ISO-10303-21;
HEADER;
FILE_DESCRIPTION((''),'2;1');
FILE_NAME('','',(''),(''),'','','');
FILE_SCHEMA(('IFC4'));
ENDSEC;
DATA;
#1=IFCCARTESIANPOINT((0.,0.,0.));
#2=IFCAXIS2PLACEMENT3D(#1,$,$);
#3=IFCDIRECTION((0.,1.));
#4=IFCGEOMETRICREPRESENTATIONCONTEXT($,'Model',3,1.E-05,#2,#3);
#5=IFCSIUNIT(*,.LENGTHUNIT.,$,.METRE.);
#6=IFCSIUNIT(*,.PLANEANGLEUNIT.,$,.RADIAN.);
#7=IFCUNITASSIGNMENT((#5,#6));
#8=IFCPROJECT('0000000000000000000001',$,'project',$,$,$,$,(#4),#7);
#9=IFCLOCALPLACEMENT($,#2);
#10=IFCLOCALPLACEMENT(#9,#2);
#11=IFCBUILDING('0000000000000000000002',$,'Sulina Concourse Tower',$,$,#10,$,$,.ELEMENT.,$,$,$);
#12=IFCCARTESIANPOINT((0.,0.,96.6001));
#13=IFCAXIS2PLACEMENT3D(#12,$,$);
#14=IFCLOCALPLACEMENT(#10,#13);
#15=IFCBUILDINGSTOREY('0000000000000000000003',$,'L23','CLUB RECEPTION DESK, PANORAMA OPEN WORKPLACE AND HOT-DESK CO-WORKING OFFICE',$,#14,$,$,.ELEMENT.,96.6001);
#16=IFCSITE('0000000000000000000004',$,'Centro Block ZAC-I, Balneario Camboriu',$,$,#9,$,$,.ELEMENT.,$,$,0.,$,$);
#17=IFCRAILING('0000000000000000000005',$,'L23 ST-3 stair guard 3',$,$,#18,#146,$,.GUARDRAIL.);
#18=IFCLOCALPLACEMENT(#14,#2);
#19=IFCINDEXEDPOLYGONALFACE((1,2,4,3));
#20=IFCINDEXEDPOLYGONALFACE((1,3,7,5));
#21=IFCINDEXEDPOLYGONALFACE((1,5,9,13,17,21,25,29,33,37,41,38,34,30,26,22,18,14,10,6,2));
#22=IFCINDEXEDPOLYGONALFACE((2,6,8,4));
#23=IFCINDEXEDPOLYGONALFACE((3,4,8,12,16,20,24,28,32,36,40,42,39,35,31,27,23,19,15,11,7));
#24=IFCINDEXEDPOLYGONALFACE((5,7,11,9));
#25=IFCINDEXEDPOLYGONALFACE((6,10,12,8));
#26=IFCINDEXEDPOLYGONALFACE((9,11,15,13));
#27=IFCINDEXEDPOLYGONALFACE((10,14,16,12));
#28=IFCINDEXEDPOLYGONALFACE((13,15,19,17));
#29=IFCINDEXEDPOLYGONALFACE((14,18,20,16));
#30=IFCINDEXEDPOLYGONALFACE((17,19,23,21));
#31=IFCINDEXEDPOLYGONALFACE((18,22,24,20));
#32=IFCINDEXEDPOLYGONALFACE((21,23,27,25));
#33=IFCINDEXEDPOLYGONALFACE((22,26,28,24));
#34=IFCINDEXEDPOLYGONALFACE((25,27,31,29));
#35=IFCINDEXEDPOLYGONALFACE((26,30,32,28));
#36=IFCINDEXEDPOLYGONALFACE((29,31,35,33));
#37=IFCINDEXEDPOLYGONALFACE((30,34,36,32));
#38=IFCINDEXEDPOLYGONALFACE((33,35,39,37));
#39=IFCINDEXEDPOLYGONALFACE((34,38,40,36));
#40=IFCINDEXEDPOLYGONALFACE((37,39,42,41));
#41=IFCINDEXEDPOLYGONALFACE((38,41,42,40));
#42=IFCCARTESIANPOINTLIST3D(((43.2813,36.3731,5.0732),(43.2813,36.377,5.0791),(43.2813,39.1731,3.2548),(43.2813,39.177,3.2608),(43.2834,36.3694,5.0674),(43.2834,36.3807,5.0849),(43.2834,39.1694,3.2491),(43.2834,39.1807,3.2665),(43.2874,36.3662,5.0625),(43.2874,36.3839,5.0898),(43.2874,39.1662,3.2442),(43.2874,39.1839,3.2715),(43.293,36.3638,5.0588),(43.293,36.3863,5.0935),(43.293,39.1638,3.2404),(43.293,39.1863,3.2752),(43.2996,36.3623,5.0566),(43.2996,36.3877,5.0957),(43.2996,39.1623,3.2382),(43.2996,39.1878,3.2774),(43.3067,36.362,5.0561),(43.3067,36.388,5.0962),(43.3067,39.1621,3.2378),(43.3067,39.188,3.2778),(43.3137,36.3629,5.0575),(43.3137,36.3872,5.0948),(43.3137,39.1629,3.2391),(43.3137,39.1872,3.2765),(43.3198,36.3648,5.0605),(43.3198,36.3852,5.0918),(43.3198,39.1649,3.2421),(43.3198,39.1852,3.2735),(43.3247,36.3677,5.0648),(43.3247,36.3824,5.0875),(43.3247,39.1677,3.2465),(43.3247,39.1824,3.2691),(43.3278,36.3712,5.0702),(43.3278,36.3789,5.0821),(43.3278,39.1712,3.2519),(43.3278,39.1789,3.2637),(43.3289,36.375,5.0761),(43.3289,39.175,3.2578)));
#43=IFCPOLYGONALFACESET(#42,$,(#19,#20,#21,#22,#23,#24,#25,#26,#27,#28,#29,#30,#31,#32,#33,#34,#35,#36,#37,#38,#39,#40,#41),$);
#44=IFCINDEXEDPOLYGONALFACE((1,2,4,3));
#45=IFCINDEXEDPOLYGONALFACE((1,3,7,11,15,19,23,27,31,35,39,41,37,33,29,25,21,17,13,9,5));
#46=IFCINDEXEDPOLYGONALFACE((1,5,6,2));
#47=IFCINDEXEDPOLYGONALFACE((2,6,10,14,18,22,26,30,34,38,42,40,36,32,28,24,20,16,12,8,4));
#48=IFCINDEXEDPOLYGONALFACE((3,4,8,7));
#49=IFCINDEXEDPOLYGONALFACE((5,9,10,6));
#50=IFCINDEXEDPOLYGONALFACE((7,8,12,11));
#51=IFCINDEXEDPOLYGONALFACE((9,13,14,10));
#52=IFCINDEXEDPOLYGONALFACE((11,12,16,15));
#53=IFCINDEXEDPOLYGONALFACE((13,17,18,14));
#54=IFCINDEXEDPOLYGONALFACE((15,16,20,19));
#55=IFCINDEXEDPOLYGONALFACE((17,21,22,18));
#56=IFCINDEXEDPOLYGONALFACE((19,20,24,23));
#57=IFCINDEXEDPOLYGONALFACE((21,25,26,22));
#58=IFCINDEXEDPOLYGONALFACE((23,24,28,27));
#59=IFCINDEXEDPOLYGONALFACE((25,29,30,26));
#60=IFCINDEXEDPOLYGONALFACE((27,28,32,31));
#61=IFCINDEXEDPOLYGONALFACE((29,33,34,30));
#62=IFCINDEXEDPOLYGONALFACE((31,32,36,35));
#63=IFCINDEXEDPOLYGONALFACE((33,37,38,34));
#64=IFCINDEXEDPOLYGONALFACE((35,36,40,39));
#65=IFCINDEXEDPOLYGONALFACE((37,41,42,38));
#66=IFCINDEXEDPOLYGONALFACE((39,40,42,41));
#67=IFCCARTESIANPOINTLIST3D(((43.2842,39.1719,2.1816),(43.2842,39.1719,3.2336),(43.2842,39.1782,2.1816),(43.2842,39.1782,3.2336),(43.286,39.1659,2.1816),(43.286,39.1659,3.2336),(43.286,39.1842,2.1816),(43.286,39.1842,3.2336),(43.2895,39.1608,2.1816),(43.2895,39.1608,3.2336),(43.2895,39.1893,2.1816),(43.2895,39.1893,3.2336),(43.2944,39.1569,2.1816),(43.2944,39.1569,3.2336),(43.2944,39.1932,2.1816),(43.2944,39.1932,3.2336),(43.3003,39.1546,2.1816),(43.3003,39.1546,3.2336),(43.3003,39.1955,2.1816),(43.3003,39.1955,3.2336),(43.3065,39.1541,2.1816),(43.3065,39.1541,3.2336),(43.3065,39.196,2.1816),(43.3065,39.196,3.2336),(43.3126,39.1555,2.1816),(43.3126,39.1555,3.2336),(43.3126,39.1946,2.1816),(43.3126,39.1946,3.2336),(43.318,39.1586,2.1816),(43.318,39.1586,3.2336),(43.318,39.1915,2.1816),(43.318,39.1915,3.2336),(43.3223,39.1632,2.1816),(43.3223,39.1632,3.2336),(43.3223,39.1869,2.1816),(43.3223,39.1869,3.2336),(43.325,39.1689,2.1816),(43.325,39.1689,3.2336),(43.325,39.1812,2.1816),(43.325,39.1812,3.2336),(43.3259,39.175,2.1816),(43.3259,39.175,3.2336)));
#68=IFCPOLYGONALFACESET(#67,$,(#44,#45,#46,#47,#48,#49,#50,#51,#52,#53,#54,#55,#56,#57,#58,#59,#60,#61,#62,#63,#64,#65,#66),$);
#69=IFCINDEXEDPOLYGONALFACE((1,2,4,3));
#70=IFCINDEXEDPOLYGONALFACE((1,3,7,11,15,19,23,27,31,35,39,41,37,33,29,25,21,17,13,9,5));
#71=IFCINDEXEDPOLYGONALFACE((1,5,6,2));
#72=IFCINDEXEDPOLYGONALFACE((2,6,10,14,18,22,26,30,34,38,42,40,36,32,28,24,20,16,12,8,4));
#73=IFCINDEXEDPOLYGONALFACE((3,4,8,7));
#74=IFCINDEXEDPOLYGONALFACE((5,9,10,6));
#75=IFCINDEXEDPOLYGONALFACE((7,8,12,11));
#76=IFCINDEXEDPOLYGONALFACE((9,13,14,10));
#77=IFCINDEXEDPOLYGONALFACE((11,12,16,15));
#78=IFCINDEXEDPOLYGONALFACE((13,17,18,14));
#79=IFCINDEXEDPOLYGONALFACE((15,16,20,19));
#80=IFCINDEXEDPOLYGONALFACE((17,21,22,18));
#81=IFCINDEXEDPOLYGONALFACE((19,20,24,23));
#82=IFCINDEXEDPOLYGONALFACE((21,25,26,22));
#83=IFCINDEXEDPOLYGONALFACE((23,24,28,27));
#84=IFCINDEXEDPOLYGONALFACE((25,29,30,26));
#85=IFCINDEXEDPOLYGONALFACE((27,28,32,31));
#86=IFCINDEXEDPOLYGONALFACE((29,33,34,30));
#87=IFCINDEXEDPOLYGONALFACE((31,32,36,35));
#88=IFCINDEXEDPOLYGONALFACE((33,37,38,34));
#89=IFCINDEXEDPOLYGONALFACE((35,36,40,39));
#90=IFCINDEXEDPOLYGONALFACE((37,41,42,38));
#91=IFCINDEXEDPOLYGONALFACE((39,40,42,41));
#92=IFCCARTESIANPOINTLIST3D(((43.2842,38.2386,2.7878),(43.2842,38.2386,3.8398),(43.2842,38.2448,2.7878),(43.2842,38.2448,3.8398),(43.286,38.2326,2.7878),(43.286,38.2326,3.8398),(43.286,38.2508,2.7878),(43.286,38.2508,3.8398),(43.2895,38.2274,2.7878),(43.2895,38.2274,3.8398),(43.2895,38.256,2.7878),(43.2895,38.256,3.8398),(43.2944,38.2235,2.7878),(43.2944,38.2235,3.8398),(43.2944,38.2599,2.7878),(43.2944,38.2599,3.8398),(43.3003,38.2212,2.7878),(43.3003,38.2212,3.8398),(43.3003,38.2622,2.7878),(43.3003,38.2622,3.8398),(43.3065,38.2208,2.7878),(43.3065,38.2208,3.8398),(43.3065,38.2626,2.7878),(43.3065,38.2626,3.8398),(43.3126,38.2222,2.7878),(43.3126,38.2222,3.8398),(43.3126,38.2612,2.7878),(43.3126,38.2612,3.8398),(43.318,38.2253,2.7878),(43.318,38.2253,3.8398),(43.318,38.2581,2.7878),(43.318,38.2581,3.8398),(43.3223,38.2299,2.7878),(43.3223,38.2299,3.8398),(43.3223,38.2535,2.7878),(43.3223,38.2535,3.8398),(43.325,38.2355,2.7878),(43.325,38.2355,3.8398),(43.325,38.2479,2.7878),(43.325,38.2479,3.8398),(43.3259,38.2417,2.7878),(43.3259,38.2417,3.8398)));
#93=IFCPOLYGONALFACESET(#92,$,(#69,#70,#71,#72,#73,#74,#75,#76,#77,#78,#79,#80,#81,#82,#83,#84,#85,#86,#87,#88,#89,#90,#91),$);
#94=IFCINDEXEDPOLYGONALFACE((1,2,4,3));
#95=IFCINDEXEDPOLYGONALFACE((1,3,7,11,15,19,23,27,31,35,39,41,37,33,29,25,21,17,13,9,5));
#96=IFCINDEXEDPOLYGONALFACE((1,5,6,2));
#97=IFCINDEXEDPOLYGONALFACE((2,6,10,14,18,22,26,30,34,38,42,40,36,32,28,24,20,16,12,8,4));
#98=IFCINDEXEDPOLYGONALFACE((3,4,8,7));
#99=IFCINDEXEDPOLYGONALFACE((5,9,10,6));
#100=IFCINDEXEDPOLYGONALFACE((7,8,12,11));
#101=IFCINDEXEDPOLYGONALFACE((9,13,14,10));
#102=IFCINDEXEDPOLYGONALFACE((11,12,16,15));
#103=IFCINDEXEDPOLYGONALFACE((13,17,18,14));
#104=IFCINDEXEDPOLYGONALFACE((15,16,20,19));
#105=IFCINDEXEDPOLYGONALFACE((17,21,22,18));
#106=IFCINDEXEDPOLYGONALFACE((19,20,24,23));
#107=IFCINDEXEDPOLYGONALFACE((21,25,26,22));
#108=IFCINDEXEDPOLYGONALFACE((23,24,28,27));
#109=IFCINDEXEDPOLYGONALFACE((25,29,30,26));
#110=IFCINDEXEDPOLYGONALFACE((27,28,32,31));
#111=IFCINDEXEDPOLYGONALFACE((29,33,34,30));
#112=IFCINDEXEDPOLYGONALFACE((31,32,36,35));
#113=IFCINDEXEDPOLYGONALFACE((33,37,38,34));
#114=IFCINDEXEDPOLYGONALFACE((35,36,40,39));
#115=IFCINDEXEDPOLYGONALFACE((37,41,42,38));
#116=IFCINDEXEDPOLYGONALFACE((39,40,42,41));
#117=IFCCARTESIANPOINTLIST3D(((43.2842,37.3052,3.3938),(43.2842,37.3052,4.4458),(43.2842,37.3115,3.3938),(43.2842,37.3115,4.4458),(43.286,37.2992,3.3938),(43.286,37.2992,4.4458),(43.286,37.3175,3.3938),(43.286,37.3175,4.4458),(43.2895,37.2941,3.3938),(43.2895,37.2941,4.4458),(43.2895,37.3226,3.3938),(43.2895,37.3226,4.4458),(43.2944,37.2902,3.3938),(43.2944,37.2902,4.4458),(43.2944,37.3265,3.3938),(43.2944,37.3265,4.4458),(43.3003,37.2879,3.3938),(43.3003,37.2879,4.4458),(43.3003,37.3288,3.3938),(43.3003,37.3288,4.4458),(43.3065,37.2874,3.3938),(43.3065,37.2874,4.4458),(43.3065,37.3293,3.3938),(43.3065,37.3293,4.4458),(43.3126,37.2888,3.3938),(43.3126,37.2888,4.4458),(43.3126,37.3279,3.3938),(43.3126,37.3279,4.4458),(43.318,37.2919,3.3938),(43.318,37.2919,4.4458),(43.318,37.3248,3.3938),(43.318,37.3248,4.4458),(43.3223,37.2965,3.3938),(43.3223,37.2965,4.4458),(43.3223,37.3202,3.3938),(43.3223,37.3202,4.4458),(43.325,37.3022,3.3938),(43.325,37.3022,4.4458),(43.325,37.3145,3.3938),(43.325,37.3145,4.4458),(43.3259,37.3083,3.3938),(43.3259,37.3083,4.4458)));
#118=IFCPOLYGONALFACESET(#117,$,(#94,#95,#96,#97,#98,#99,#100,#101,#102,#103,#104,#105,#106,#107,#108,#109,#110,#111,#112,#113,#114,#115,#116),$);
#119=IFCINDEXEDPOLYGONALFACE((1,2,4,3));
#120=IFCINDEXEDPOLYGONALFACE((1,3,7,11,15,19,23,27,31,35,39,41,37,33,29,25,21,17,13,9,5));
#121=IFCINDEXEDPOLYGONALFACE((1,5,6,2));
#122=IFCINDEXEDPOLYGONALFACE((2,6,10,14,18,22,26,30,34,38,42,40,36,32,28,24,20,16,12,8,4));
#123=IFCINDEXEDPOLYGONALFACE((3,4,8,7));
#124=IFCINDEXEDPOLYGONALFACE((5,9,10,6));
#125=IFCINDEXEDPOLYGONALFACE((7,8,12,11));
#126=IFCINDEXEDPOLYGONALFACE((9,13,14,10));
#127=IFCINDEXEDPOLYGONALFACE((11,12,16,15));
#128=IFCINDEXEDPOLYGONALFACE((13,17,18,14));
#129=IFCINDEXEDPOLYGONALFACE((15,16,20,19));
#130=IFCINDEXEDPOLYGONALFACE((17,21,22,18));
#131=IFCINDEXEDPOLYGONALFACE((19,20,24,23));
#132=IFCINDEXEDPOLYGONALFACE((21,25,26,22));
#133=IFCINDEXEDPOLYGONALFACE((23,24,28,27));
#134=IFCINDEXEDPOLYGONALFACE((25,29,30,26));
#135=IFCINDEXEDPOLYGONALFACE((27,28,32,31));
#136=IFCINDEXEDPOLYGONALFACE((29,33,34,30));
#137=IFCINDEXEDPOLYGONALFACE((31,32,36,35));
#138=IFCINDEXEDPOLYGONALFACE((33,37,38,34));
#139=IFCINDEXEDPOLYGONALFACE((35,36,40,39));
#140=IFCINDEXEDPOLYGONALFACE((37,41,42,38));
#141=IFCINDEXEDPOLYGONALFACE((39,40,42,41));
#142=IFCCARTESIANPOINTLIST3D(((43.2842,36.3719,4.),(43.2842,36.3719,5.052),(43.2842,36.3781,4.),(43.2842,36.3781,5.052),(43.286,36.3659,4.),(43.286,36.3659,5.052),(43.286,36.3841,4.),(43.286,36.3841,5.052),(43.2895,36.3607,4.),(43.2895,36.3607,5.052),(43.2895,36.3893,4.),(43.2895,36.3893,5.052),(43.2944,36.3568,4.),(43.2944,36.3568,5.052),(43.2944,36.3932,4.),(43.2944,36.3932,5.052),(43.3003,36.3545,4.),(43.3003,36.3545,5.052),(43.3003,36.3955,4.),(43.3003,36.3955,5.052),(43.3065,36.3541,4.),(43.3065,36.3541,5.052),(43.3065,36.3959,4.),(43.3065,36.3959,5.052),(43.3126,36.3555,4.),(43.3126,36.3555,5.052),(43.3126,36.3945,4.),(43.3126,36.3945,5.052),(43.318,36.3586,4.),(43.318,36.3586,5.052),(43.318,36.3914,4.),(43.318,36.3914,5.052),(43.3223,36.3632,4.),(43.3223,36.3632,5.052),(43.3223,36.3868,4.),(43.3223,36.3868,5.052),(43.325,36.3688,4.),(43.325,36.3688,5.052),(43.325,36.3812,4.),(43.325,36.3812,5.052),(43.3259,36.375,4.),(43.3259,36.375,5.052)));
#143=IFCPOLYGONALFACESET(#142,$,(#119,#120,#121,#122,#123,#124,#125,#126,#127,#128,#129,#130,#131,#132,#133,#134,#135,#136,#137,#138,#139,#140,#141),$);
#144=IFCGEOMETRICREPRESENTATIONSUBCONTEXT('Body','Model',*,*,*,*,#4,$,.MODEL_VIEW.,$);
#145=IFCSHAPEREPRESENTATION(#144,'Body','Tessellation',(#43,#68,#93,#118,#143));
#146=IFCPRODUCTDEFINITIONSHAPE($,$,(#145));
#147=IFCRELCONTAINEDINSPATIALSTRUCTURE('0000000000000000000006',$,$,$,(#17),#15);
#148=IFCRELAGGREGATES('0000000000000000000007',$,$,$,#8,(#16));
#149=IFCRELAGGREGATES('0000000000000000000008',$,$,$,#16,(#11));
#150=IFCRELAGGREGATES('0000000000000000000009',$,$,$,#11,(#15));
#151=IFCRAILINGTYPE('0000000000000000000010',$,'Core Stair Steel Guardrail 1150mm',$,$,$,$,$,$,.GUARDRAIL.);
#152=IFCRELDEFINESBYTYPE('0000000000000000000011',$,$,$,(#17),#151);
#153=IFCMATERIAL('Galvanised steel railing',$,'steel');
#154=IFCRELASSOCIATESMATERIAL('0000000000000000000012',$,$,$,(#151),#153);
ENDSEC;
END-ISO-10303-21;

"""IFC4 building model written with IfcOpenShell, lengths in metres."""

from ifc_helpers import new_model, si_unit, direction, frame, origin, origin_2d, place, context, subcontext, project, spatial, circle, extrude, material, type_object, element, save


model = new_model("IFC4")

# Units and contexts
model_context = context("Model", 3, precision=1e-05, world=origin(), true_north=direction((0.0, 1.0)))
body_context = subcontext(model_context, "Body", "Model", "MODEL_VIEW")
ifc_project = project(units=[si_unit("LENGTHUNIT", "METRE"), si_unit("PLANEANGLEUNIT", "RADIAN")], contexts=[model_context])

# Site, building, storey
site_placement = place(None, origin())
site = spatial("IfcSite", under=ifc_project, at=site_placement, Name="Centro Block ZAC-I, Balneario Camboriu", CompositionType="ELEMENT", RefElevation=0.0)
building_placement = place(site_placement, origin())
building = spatial("IfcBuilding", under=site, at=building_placement, Name="Sulina Concourse Tower", CompositionType="ELEMENT")
storey_placement = place(building_placement, frame((0.0, 0.0, 96.6001)))
storey = spatial("IfcBuildingStorey", under=building, at=storey_placement, Name="L23", Description="CLUB RECEPTION DESK, PANORAMA OPEN WORKPLACE AND HOT-DESK CO-WORKING OFFICE", CompositionType="ELEMENT", Elevation=96.6001)

# Railing
ifc_material_1 = material(Name="Galvanised steel railing", Category="steel")
railing_type_1 = type_object("IfcRailingType", Name="Core Stair Steel Guardrail 1150mm", PredefinedType="GUARDRAIL", material=ifc_material_1)
railing_1_placement = place(storey_placement, frame((43.3049, 39.175, 2.1816)))
element("IfcRailing", 1, at=railing_1_placement, inside=storey, type_object=railing_type_1, Name="L23 ST-3 stair guard 3", PredefinedType="GUARDRAIL", context=body_context, shape_type="SweptSolid", body=[
    extrude(circle(Radius=0.0239, at=origin_2d()), frame((0.0, 0.0, 1.0762), z_axis=(0.0, -0.838672, 0.544636), x_axis=(1.0, 0.0, 0.0)), (0.0, 0.0, 1.0), 3.3386),
    extrude(circle(Radius=0.021, at=origin_2d()), origin(), (0.0, 0.0, 1.0), 1.052),
    extrude(circle(Radius=0.021, at=origin_2d()), frame((0.0, -0.9333, 0.6062)), (0.0, 0.0, 1.0), 1.052),
    extrude(circle(Radius=0.021, at=origin_2d()), frame((0.0, -1.8667, 1.2122)), (0.0, 0.0, 1.0), 1.052),
    extrude(circle(Radius=0.021, at=origin_2d()), frame((0.0, -2.8, 1.8184)), (0.0, 0.0, 1.0), 1.052),
])

save(model, "model.ifc")
